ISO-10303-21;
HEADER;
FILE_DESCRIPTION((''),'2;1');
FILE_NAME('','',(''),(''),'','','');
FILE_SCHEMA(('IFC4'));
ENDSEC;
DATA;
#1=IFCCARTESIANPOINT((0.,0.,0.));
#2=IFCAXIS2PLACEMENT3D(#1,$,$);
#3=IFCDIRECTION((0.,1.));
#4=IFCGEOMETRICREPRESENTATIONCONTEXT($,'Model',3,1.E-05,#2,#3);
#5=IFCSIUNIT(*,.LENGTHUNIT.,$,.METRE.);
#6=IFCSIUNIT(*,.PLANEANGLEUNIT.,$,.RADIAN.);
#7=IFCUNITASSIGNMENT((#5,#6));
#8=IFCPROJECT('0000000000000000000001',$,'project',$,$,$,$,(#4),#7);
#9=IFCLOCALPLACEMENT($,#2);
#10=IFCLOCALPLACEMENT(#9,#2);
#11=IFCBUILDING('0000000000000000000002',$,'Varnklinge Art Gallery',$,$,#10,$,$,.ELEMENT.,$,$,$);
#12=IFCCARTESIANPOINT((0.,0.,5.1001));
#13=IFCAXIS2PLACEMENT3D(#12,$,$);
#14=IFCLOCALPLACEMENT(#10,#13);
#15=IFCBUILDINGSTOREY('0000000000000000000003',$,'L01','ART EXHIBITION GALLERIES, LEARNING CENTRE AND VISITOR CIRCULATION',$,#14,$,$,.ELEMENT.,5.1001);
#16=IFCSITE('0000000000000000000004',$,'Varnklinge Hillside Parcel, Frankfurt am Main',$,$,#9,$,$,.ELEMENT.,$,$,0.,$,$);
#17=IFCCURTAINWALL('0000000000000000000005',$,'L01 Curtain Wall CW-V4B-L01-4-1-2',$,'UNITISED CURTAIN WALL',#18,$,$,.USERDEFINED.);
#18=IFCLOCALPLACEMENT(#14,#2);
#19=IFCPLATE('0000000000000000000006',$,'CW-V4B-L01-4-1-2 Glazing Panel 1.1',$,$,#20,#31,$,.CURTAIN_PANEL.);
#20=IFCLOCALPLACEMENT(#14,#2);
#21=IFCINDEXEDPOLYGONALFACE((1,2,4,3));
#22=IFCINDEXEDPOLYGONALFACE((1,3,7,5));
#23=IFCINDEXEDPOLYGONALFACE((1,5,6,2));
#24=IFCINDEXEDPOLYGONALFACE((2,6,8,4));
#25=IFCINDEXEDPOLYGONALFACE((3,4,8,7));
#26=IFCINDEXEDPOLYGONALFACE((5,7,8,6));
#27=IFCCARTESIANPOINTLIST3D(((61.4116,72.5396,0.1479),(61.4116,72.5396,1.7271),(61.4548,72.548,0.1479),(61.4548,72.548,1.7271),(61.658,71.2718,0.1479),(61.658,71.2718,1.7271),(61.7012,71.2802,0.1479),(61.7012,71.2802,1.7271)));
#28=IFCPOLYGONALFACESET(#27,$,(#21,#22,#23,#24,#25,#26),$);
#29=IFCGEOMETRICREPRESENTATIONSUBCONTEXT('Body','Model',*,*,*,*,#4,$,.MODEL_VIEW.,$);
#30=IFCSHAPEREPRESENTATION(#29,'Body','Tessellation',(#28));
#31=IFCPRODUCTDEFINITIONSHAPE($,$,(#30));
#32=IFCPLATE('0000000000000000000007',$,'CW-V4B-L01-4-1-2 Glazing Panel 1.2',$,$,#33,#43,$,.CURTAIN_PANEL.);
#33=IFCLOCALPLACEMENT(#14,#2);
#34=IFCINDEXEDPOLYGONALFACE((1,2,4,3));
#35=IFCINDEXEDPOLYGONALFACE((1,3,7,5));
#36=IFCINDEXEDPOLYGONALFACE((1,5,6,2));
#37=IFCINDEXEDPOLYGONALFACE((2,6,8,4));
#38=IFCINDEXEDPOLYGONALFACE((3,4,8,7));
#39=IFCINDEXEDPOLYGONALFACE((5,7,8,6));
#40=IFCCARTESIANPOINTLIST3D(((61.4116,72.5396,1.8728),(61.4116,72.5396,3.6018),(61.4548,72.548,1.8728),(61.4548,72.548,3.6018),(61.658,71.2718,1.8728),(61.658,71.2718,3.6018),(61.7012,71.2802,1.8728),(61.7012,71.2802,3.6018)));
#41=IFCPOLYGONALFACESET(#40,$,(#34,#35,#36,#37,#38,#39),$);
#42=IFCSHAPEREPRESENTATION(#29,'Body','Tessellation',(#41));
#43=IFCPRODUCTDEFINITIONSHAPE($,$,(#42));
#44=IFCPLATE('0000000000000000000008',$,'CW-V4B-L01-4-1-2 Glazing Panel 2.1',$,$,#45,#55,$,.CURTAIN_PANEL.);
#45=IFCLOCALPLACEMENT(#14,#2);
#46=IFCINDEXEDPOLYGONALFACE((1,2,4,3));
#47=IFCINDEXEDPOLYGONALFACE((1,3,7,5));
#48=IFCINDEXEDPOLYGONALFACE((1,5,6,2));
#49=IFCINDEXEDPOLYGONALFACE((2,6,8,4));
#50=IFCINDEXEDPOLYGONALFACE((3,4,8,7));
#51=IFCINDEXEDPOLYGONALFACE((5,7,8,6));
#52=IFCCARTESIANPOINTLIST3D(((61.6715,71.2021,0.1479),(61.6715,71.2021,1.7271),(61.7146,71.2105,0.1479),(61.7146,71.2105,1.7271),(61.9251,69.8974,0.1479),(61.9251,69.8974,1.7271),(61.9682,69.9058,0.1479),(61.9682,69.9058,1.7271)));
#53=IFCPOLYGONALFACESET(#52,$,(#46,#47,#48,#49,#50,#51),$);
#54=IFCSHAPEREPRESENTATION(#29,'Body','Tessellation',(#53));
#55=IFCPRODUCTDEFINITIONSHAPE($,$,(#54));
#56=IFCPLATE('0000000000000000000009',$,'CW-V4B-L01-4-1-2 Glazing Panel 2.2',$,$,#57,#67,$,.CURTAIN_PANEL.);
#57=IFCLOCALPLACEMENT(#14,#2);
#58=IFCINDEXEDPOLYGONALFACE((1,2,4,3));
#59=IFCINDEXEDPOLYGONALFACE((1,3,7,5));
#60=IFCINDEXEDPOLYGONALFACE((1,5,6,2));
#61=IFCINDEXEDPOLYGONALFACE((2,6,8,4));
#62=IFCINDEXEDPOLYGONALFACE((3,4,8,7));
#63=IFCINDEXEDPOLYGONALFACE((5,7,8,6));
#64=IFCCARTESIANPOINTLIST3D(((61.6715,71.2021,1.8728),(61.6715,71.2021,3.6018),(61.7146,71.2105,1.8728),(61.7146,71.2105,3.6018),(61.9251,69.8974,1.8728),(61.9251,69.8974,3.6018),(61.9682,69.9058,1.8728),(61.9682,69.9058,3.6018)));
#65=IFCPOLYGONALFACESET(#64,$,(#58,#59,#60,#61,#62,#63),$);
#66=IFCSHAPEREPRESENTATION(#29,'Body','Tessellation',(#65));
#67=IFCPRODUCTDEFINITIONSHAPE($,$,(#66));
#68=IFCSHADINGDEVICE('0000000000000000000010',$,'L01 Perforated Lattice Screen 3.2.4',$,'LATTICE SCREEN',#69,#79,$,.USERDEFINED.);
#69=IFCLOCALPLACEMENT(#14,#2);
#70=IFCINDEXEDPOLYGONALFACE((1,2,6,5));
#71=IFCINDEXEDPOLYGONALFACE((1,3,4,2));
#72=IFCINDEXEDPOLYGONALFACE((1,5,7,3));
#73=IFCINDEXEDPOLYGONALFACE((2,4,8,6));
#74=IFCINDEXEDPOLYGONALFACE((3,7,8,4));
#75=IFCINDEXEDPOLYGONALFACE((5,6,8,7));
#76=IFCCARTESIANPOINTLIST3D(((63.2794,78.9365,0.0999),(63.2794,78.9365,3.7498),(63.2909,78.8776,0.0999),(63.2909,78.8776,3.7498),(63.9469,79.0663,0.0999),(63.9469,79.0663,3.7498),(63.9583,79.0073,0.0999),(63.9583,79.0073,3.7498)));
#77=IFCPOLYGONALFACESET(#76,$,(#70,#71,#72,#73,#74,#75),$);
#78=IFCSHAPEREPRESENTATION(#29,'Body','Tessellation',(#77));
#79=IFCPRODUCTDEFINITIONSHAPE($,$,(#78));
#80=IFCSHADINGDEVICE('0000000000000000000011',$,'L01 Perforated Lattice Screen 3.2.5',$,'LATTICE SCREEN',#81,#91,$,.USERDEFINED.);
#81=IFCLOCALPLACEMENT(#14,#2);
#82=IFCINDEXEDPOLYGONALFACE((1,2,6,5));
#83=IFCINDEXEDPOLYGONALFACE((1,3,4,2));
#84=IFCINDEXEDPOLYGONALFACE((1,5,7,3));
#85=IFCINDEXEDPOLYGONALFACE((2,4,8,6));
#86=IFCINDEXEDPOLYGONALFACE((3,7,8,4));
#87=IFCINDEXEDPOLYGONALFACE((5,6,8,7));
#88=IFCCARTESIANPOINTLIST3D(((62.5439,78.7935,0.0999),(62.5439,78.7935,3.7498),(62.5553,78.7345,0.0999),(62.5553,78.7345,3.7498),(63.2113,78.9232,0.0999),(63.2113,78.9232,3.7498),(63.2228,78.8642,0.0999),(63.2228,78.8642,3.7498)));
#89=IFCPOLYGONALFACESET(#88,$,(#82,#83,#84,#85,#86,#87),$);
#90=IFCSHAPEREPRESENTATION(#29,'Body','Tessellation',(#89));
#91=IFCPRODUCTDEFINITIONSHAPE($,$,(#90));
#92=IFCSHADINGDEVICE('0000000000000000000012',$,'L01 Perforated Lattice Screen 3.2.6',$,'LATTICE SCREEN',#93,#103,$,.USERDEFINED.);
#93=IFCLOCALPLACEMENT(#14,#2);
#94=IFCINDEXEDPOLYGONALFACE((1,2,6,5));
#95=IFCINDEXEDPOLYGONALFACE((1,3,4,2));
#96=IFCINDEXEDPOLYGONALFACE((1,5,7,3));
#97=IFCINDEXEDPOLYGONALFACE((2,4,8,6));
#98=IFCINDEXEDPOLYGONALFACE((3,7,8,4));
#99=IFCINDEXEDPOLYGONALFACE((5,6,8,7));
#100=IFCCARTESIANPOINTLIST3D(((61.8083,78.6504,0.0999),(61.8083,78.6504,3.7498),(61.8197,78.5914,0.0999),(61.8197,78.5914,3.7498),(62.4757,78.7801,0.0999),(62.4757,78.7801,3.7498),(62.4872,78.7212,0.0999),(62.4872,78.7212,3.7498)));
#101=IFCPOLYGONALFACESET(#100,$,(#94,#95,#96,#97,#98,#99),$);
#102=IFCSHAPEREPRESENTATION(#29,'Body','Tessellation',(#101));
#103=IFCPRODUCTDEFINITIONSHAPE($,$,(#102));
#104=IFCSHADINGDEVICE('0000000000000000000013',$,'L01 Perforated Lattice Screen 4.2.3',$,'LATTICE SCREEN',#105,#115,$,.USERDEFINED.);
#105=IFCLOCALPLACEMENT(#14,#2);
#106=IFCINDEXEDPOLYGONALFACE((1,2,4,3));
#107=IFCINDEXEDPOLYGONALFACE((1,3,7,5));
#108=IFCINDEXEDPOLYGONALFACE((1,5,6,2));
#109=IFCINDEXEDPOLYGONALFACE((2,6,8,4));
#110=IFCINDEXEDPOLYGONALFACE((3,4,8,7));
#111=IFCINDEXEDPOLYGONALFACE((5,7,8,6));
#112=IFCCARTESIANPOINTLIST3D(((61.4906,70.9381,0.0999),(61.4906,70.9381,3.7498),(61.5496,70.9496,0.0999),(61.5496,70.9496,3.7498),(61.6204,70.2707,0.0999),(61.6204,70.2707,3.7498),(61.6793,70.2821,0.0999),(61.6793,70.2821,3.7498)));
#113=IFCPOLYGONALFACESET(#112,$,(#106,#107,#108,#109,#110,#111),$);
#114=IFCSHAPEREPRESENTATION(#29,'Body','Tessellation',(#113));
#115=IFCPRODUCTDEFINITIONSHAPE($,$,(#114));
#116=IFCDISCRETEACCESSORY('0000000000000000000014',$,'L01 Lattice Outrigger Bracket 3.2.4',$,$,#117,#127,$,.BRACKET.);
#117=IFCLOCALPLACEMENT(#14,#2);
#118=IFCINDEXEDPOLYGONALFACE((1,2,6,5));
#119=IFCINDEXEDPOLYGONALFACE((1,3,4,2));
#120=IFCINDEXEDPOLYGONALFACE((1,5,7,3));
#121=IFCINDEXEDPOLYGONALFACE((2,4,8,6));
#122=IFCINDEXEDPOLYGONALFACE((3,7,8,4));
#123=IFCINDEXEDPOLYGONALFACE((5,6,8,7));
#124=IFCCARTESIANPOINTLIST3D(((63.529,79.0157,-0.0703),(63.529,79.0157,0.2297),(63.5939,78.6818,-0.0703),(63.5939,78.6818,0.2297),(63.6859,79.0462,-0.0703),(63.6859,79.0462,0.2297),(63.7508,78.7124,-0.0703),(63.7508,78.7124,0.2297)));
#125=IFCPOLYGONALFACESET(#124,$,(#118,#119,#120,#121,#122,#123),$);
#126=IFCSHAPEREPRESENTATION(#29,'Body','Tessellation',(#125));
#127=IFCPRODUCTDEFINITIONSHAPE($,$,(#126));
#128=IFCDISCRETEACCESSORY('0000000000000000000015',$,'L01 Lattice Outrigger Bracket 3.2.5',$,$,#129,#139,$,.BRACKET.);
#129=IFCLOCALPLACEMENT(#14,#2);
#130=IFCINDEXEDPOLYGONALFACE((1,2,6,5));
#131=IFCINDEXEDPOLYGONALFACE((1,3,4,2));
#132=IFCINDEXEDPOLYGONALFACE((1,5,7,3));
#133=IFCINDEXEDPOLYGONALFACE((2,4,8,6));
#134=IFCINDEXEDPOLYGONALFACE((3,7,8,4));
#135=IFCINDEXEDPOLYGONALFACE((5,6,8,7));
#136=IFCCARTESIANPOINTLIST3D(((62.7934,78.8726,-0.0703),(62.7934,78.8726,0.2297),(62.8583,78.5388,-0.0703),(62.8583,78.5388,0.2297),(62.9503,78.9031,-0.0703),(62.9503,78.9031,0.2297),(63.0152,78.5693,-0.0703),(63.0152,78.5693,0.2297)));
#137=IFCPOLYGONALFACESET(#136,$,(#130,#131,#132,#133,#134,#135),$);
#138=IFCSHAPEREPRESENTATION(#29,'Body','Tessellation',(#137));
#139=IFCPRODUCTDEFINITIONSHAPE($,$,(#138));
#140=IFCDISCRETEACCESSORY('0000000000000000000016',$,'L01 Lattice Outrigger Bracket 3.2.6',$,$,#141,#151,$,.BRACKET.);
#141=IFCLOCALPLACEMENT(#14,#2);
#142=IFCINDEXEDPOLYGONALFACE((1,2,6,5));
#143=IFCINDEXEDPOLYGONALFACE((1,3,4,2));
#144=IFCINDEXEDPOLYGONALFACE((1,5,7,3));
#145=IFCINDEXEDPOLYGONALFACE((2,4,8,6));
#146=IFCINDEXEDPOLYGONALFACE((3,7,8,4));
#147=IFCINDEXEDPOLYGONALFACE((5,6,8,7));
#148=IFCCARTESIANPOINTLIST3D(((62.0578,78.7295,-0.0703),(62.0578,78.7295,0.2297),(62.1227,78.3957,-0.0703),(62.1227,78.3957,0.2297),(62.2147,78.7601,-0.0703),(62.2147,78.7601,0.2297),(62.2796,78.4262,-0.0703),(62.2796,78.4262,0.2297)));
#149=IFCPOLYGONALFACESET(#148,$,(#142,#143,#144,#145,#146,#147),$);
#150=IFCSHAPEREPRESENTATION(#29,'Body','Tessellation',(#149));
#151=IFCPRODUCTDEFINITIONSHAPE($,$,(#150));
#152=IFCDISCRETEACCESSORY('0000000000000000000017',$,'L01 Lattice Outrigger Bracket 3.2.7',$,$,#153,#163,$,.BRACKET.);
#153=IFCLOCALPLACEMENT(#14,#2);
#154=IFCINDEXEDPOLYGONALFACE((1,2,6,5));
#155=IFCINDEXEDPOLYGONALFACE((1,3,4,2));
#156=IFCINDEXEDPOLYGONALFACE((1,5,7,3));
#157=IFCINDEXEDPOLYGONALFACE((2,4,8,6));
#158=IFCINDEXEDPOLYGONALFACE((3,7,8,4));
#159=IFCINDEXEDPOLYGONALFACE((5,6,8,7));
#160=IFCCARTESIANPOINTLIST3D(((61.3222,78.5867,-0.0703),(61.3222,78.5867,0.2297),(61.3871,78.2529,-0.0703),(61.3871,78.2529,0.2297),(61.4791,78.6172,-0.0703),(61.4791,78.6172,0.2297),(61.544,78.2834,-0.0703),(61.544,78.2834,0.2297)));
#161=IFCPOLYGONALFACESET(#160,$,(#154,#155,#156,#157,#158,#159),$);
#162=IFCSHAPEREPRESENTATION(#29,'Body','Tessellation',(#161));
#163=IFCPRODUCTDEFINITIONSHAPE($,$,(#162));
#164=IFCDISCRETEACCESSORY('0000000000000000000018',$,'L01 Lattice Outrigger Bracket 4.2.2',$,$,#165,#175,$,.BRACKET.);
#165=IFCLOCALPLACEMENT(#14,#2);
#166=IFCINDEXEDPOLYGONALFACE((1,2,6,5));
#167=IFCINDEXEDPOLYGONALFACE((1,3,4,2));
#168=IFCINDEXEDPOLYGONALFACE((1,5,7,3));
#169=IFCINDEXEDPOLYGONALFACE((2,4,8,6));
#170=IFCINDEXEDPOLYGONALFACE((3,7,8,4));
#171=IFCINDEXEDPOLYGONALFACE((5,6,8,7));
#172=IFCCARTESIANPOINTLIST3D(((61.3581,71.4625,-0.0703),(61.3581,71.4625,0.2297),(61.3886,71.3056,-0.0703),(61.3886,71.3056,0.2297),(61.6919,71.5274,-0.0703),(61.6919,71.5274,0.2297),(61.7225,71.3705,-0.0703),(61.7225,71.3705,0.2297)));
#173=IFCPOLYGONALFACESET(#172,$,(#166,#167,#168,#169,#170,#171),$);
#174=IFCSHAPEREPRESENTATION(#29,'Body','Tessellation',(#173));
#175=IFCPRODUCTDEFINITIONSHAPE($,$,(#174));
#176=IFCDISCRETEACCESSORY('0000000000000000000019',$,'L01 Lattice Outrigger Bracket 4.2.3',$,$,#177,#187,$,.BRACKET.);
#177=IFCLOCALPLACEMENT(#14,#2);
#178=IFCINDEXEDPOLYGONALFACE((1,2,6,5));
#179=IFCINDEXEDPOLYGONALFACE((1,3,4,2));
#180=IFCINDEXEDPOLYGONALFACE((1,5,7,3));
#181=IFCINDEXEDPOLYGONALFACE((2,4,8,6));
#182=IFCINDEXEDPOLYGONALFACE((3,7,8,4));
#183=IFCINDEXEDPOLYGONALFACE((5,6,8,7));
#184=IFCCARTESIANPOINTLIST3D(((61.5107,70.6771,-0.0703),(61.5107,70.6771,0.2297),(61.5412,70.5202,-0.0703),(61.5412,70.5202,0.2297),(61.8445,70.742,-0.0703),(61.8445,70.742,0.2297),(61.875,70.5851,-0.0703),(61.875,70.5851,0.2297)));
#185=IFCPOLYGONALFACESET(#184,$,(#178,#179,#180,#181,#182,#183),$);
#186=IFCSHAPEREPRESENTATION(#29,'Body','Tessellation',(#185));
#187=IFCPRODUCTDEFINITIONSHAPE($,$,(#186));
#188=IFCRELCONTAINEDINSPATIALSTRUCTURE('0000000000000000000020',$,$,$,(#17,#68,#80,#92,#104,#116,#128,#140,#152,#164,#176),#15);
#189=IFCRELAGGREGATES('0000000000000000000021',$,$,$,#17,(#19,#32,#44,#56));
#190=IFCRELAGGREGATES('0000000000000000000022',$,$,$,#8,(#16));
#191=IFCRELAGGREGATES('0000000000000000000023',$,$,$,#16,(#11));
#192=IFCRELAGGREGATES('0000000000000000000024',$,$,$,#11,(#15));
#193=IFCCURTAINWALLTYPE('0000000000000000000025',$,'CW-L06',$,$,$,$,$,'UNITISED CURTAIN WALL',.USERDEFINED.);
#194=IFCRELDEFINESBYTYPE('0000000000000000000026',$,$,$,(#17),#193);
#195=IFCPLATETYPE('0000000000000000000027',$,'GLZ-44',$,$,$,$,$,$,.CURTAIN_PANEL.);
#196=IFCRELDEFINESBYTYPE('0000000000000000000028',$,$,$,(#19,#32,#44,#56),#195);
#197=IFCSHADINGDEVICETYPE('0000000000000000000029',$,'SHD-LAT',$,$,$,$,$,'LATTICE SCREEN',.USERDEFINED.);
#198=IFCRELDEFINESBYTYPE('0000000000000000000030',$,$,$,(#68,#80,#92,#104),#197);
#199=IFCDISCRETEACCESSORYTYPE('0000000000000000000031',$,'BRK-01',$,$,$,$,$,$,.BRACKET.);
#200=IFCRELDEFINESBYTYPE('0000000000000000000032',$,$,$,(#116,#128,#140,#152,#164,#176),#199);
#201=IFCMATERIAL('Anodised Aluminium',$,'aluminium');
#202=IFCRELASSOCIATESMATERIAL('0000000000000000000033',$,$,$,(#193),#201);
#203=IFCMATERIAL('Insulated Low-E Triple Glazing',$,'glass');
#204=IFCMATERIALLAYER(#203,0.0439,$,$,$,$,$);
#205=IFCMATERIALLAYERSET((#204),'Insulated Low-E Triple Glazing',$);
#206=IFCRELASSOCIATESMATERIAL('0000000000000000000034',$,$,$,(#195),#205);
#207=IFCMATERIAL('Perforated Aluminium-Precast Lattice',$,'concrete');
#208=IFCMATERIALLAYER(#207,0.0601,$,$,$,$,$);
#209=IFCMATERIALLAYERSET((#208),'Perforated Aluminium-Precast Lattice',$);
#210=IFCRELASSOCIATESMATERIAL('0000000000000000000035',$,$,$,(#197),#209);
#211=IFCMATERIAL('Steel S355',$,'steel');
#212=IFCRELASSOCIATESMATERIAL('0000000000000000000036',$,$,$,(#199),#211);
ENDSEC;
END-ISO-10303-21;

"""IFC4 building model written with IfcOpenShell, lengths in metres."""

from ifc_helpers import new_model, si_unit, direction, frame, origin, origin_2d, place, context, subcontext, project, spatial, rectangle, extrude, material, layer, layer_set, type_object, element, aggregate, save


model = new_model("IFC4")

# Units and contexts
model_context = context("Model", 3, precision=1e-05, world=origin(), true_north=direction((0.0, 1.0)))
body_context = subcontext(model_context, "Body", "Model", "MODEL_VIEW")
ifc_project = project(units=[si_unit("LENGTHUNIT", "METRE"), si_unit("PLANEANGLEUNIT", "RADIAN")], contexts=[model_context])

# Site, building, storey
site_placement = place(None, origin())
site = spatial("IfcSite", under=ifc_project, at=site_placement, Name="Varnklinge Hillside Parcel, Frankfurt am Main", CompositionType="ELEMENT", RefElevation=0.0)
building_placement = place(site_placement, origin())
building = spatial("IfcBuilding", under=site, at=building_placement, Name="Varnklinge Art Gallery", CompositionType="ELEMENT")
storey_placement = place(building_placement, frame((0.0, 0.0, 5.1001)))
storey = spatial("IfcBuildingStorey", under=building, at=storey_placement, Name="L01", Description="ART EXHIBITION GALLERIES, LEARNING CENTRE AND VISITOR CIRCULATION", CompositionType="ELEMENT", Elevation=5.1001)

# Curtain wall
ifc_material_1 = material(Name="Anodised Aluminium", Category="aluminium")
curtain_wall_type_1 = type_object("IfcCurtainWallType", Name="CW-L06", ElementType="UNITISED CURTAIN WALL", PredefinedType="USERDEFINED", material=ifc_material_1)
curtain_wall_1_placement = place(storey_placement, origin())
curtain_wall_1 = element("IfcCurtainWall", 1, at=curtain_wall_1_placement, inside=storey, type_object=curtain_wall_type_1, Name="L01 Curtain Wall CW-V4B-L01-4-1-2", ObjectType="UNITISED CURTAIN WALL", PredefinedType="USERDEFINED")

# Plates
ifc_material_2 = material(Name="Insulated Low-E Triple Glazing", Category="glass")
ifc_layer_1 = layer(ifc_material_2, 0.0439)
ifc_layer_set_1 = layer_set([ifc_layer_1], Name="Insulated Low-E Triple Glazing")
plate_type = type_object("IfcPlateType", Name="GLZ-44", PredefinedType="CURTAIN_PANEL", material=ifc_layer_set_1)
plate_1_placement = place(storey_placement, frame((61.5564, 71.9099, 0.1479), z_axis=(0.0, 0.0, 1.0), x_axis=(0.190809, -0.981627, 0.0)))
plate_1 = element("IfcPlate", 2, at=plate_1_placement, type_object=plate_type, Name="CW-V4B-L01-4-1-2 Glazing Panel 1.1", PredefinedType="CURTAIN_PANEL", context=body_context, shape_type="SweptSolid", body=[
    extrude(rectangle(XDim=1.2915, YDim=0.0439, at=origin_2d()), origin(), (0.0, 0.0, 1.0), 1.5791),
])
plate_2_placement = place(storey_placement, frame((61.5564, 71.9099, 1.8728), z_axis=(0.0, 0.0, 1.0), x_axis=(0.190809, -0.981627, 0.0)))
plate_2 = element("IfcPlate", 3, at=plate_2_placement, type_object=plate_type, Name="CW-V4B-L01-4-1-2 Glazing Panel 1.2", PredefinedType="CURTAIN_PANEL", context=body_context, shape_type="SweptSolid", body=[
    extrude(rectangle(XDim=1.2915, YDim=0.0439, at=origin_2d()), origin(), (0.0, 0.0, 1.0), 1.729),
])
plate_3_placement = place(storey_placement, frame((61.8198, 70.554, 0.1479), z_axis=(0.0, 0.0, 1.0), x_axis=(0.190809, -0.981627, 0.0)))
plate_3 = element("IfcPlate", 4, at=plate_3_placement, type_object=plate_type, Name="CW-V4B-L01-4-1-2 Glazing Panel 2.1", PredefinedType="CURTAIN_PANEL", context=body_context, shape_type="SweptSolid", body=[
    extrude(rectangle(XDim=1.3291, YDim=0.0439, at=origin_2d()), origin(), (0.0, 0.0, 1.0), 1.5791),
])
plate_4_placement = place(storey_placement, frame((61.8198, 70.554, 1.8728), z_axis=(0.0, 0.0, 1.0), x_axis=(0.190809, -0.981627, 0.0)))
plate_4 = element("IfcPlate", 5, at=plate_4_placement, type_object=plate_type, Name="CW-V4B-L01-4-1-2 Glazing Panel 2.2", PredefinedType="CURTAIN_PANEL", context=body_context, shape_type="SweptSolid", body=[
    extrude(rectangle(XDim=1.3291, YDim=0.0439, at=origin_2d()), origin(), (0.0, 0.0, 1.0), 1.729),
])
aggregate(curtain_wall_1, [plate_1, plate_2, plate_3, plate_4])

# Shading devices
ifc_material_3 = material(Name="Perforated Aluminium-Precast Lattice", Category="concrete")
ifc_layer_2 = layer(ifc_material_3, 0.0601)
ifc_layer_set_2 = layer_set([ifc_layer_2], Name="Perforated Aluminium-Precast Lattice")
shading_device_type = type_object("IfcShadingDeviceType", Name="SHD-LAT", ElementType="LATTICE SCREEN", PredefinedType="USERDEFINED", material=ifc_layer_set_2)
for number, where, z_axis, x_axis, name in (
    (6, (63.6189, 78.9719, 0.0999), (0.0, 0.0, 1.0), (-0.981627, -0.190809, 0.0), "L01 Perforated Lattice Screen 3.2.4"),
    (7, (62.8833, 78.8289, 0.0999), (0.0, 0.0, 1.0), (-0.981627, -0.190809, 0.0), "L01 Perforated Lattice Screen 3.2.5"),
    (8, (62.1477, 78.6858, 0.0999), (0.0, 0.0, 1.0), (-0.981627, -0.190809, 0.0), "L01 Perforated Lattice Screen 3.2.6"),
    (9, (61.585, 70.6101, 0.0999), (0.0, 0.0, 1.0), (0.190809, -0.981627, 0.0), "L01 Perforated Lattice Screen 4.2.3"),
):
    element("IfcShadingDevice", number, at=place(storey_placement, frame(where, z_axis=z_axis, x_axis=x_axis)), inside=storey, type_object=shading_device_type, Name=name, ObjectType="LATTICE SCREEN", PredefinedType="USERDEFINED", context=body_context, shape_type="SweptSolid", body=[
        extrude(rectangle(XDim=0.6799, YDim=0.0601, at=origin_2d()), origin(), (0.0, 0.0, 1.0), 3.6499),
    ])

# Discrete accessories
ifc_material_4 = material(Name="Steel S355", Category="steel")
discrete_accessory_type = type_object("IfcDiscreteAccessoryType", Name="BRK-01", PredefinedType="BRACKET", material=ifc_material_4)
for number, where, z_axis, x_axis, name in (
    (10, (63.6399, 78.864, -0.0703), (0.0, 0.0, 1.0), (-0.981627, -0.190809, 0.0), "L01 Lattice Outrigger Bracket 3.2.4"),
    (11, (62.9043, 78.7209, -0.0703), (0.0, 0.0, 1.0), (-0.981627, -0.190809, 0.0), "L01 Lattice Outrigger Bracket 3.2.5"),
    (12, (62.1687, 78.5779, -0.0703), (0.0, 0.0, 1.0), (-0.981627, -0.190809, 0.0), "L01 Lattice Outrigger Bracket 3.2.6"),
    (13, (61.4331, 78.4351, -0.0703), (0.0, 0.0, 1.0), (-0.981627, -0.190809, 0.0), "L01 Lattice Outrigger Bracket 3.2.7"),
    (14, (61.5403, 71.4165, -0.0703), (0.0, 0.0, 1.0), (0.190809, -0.981627, 0.0), "L01 Lattice Outrigger Bracket 4.2.2"),
    (15, (61.6929, 70.6311, -0.0703), (0.0, 0.0, 1.0), (0.190809, -0.981627, 0.0), "L01 Lattice Outrigger Bracket 4.2.3"),
):
    element("IfcDiscreteAccessory", number, at=place(storey_placement, frame(where, z_axis=z_axis, x_axis=x_axis)), inside=storey, type_object=discrete_accessory_type, Name=name, PredefinedType="BRACKET", context=body_context, shape_type="SweptSolid", body=[
        extrude(rectangle(XDim=0.1599, YDim=0.3401, at=origin_2d()), origin(), (0.0, 0.0, 1.0), 0.3),
    ])

save(model, "model.ifc")
